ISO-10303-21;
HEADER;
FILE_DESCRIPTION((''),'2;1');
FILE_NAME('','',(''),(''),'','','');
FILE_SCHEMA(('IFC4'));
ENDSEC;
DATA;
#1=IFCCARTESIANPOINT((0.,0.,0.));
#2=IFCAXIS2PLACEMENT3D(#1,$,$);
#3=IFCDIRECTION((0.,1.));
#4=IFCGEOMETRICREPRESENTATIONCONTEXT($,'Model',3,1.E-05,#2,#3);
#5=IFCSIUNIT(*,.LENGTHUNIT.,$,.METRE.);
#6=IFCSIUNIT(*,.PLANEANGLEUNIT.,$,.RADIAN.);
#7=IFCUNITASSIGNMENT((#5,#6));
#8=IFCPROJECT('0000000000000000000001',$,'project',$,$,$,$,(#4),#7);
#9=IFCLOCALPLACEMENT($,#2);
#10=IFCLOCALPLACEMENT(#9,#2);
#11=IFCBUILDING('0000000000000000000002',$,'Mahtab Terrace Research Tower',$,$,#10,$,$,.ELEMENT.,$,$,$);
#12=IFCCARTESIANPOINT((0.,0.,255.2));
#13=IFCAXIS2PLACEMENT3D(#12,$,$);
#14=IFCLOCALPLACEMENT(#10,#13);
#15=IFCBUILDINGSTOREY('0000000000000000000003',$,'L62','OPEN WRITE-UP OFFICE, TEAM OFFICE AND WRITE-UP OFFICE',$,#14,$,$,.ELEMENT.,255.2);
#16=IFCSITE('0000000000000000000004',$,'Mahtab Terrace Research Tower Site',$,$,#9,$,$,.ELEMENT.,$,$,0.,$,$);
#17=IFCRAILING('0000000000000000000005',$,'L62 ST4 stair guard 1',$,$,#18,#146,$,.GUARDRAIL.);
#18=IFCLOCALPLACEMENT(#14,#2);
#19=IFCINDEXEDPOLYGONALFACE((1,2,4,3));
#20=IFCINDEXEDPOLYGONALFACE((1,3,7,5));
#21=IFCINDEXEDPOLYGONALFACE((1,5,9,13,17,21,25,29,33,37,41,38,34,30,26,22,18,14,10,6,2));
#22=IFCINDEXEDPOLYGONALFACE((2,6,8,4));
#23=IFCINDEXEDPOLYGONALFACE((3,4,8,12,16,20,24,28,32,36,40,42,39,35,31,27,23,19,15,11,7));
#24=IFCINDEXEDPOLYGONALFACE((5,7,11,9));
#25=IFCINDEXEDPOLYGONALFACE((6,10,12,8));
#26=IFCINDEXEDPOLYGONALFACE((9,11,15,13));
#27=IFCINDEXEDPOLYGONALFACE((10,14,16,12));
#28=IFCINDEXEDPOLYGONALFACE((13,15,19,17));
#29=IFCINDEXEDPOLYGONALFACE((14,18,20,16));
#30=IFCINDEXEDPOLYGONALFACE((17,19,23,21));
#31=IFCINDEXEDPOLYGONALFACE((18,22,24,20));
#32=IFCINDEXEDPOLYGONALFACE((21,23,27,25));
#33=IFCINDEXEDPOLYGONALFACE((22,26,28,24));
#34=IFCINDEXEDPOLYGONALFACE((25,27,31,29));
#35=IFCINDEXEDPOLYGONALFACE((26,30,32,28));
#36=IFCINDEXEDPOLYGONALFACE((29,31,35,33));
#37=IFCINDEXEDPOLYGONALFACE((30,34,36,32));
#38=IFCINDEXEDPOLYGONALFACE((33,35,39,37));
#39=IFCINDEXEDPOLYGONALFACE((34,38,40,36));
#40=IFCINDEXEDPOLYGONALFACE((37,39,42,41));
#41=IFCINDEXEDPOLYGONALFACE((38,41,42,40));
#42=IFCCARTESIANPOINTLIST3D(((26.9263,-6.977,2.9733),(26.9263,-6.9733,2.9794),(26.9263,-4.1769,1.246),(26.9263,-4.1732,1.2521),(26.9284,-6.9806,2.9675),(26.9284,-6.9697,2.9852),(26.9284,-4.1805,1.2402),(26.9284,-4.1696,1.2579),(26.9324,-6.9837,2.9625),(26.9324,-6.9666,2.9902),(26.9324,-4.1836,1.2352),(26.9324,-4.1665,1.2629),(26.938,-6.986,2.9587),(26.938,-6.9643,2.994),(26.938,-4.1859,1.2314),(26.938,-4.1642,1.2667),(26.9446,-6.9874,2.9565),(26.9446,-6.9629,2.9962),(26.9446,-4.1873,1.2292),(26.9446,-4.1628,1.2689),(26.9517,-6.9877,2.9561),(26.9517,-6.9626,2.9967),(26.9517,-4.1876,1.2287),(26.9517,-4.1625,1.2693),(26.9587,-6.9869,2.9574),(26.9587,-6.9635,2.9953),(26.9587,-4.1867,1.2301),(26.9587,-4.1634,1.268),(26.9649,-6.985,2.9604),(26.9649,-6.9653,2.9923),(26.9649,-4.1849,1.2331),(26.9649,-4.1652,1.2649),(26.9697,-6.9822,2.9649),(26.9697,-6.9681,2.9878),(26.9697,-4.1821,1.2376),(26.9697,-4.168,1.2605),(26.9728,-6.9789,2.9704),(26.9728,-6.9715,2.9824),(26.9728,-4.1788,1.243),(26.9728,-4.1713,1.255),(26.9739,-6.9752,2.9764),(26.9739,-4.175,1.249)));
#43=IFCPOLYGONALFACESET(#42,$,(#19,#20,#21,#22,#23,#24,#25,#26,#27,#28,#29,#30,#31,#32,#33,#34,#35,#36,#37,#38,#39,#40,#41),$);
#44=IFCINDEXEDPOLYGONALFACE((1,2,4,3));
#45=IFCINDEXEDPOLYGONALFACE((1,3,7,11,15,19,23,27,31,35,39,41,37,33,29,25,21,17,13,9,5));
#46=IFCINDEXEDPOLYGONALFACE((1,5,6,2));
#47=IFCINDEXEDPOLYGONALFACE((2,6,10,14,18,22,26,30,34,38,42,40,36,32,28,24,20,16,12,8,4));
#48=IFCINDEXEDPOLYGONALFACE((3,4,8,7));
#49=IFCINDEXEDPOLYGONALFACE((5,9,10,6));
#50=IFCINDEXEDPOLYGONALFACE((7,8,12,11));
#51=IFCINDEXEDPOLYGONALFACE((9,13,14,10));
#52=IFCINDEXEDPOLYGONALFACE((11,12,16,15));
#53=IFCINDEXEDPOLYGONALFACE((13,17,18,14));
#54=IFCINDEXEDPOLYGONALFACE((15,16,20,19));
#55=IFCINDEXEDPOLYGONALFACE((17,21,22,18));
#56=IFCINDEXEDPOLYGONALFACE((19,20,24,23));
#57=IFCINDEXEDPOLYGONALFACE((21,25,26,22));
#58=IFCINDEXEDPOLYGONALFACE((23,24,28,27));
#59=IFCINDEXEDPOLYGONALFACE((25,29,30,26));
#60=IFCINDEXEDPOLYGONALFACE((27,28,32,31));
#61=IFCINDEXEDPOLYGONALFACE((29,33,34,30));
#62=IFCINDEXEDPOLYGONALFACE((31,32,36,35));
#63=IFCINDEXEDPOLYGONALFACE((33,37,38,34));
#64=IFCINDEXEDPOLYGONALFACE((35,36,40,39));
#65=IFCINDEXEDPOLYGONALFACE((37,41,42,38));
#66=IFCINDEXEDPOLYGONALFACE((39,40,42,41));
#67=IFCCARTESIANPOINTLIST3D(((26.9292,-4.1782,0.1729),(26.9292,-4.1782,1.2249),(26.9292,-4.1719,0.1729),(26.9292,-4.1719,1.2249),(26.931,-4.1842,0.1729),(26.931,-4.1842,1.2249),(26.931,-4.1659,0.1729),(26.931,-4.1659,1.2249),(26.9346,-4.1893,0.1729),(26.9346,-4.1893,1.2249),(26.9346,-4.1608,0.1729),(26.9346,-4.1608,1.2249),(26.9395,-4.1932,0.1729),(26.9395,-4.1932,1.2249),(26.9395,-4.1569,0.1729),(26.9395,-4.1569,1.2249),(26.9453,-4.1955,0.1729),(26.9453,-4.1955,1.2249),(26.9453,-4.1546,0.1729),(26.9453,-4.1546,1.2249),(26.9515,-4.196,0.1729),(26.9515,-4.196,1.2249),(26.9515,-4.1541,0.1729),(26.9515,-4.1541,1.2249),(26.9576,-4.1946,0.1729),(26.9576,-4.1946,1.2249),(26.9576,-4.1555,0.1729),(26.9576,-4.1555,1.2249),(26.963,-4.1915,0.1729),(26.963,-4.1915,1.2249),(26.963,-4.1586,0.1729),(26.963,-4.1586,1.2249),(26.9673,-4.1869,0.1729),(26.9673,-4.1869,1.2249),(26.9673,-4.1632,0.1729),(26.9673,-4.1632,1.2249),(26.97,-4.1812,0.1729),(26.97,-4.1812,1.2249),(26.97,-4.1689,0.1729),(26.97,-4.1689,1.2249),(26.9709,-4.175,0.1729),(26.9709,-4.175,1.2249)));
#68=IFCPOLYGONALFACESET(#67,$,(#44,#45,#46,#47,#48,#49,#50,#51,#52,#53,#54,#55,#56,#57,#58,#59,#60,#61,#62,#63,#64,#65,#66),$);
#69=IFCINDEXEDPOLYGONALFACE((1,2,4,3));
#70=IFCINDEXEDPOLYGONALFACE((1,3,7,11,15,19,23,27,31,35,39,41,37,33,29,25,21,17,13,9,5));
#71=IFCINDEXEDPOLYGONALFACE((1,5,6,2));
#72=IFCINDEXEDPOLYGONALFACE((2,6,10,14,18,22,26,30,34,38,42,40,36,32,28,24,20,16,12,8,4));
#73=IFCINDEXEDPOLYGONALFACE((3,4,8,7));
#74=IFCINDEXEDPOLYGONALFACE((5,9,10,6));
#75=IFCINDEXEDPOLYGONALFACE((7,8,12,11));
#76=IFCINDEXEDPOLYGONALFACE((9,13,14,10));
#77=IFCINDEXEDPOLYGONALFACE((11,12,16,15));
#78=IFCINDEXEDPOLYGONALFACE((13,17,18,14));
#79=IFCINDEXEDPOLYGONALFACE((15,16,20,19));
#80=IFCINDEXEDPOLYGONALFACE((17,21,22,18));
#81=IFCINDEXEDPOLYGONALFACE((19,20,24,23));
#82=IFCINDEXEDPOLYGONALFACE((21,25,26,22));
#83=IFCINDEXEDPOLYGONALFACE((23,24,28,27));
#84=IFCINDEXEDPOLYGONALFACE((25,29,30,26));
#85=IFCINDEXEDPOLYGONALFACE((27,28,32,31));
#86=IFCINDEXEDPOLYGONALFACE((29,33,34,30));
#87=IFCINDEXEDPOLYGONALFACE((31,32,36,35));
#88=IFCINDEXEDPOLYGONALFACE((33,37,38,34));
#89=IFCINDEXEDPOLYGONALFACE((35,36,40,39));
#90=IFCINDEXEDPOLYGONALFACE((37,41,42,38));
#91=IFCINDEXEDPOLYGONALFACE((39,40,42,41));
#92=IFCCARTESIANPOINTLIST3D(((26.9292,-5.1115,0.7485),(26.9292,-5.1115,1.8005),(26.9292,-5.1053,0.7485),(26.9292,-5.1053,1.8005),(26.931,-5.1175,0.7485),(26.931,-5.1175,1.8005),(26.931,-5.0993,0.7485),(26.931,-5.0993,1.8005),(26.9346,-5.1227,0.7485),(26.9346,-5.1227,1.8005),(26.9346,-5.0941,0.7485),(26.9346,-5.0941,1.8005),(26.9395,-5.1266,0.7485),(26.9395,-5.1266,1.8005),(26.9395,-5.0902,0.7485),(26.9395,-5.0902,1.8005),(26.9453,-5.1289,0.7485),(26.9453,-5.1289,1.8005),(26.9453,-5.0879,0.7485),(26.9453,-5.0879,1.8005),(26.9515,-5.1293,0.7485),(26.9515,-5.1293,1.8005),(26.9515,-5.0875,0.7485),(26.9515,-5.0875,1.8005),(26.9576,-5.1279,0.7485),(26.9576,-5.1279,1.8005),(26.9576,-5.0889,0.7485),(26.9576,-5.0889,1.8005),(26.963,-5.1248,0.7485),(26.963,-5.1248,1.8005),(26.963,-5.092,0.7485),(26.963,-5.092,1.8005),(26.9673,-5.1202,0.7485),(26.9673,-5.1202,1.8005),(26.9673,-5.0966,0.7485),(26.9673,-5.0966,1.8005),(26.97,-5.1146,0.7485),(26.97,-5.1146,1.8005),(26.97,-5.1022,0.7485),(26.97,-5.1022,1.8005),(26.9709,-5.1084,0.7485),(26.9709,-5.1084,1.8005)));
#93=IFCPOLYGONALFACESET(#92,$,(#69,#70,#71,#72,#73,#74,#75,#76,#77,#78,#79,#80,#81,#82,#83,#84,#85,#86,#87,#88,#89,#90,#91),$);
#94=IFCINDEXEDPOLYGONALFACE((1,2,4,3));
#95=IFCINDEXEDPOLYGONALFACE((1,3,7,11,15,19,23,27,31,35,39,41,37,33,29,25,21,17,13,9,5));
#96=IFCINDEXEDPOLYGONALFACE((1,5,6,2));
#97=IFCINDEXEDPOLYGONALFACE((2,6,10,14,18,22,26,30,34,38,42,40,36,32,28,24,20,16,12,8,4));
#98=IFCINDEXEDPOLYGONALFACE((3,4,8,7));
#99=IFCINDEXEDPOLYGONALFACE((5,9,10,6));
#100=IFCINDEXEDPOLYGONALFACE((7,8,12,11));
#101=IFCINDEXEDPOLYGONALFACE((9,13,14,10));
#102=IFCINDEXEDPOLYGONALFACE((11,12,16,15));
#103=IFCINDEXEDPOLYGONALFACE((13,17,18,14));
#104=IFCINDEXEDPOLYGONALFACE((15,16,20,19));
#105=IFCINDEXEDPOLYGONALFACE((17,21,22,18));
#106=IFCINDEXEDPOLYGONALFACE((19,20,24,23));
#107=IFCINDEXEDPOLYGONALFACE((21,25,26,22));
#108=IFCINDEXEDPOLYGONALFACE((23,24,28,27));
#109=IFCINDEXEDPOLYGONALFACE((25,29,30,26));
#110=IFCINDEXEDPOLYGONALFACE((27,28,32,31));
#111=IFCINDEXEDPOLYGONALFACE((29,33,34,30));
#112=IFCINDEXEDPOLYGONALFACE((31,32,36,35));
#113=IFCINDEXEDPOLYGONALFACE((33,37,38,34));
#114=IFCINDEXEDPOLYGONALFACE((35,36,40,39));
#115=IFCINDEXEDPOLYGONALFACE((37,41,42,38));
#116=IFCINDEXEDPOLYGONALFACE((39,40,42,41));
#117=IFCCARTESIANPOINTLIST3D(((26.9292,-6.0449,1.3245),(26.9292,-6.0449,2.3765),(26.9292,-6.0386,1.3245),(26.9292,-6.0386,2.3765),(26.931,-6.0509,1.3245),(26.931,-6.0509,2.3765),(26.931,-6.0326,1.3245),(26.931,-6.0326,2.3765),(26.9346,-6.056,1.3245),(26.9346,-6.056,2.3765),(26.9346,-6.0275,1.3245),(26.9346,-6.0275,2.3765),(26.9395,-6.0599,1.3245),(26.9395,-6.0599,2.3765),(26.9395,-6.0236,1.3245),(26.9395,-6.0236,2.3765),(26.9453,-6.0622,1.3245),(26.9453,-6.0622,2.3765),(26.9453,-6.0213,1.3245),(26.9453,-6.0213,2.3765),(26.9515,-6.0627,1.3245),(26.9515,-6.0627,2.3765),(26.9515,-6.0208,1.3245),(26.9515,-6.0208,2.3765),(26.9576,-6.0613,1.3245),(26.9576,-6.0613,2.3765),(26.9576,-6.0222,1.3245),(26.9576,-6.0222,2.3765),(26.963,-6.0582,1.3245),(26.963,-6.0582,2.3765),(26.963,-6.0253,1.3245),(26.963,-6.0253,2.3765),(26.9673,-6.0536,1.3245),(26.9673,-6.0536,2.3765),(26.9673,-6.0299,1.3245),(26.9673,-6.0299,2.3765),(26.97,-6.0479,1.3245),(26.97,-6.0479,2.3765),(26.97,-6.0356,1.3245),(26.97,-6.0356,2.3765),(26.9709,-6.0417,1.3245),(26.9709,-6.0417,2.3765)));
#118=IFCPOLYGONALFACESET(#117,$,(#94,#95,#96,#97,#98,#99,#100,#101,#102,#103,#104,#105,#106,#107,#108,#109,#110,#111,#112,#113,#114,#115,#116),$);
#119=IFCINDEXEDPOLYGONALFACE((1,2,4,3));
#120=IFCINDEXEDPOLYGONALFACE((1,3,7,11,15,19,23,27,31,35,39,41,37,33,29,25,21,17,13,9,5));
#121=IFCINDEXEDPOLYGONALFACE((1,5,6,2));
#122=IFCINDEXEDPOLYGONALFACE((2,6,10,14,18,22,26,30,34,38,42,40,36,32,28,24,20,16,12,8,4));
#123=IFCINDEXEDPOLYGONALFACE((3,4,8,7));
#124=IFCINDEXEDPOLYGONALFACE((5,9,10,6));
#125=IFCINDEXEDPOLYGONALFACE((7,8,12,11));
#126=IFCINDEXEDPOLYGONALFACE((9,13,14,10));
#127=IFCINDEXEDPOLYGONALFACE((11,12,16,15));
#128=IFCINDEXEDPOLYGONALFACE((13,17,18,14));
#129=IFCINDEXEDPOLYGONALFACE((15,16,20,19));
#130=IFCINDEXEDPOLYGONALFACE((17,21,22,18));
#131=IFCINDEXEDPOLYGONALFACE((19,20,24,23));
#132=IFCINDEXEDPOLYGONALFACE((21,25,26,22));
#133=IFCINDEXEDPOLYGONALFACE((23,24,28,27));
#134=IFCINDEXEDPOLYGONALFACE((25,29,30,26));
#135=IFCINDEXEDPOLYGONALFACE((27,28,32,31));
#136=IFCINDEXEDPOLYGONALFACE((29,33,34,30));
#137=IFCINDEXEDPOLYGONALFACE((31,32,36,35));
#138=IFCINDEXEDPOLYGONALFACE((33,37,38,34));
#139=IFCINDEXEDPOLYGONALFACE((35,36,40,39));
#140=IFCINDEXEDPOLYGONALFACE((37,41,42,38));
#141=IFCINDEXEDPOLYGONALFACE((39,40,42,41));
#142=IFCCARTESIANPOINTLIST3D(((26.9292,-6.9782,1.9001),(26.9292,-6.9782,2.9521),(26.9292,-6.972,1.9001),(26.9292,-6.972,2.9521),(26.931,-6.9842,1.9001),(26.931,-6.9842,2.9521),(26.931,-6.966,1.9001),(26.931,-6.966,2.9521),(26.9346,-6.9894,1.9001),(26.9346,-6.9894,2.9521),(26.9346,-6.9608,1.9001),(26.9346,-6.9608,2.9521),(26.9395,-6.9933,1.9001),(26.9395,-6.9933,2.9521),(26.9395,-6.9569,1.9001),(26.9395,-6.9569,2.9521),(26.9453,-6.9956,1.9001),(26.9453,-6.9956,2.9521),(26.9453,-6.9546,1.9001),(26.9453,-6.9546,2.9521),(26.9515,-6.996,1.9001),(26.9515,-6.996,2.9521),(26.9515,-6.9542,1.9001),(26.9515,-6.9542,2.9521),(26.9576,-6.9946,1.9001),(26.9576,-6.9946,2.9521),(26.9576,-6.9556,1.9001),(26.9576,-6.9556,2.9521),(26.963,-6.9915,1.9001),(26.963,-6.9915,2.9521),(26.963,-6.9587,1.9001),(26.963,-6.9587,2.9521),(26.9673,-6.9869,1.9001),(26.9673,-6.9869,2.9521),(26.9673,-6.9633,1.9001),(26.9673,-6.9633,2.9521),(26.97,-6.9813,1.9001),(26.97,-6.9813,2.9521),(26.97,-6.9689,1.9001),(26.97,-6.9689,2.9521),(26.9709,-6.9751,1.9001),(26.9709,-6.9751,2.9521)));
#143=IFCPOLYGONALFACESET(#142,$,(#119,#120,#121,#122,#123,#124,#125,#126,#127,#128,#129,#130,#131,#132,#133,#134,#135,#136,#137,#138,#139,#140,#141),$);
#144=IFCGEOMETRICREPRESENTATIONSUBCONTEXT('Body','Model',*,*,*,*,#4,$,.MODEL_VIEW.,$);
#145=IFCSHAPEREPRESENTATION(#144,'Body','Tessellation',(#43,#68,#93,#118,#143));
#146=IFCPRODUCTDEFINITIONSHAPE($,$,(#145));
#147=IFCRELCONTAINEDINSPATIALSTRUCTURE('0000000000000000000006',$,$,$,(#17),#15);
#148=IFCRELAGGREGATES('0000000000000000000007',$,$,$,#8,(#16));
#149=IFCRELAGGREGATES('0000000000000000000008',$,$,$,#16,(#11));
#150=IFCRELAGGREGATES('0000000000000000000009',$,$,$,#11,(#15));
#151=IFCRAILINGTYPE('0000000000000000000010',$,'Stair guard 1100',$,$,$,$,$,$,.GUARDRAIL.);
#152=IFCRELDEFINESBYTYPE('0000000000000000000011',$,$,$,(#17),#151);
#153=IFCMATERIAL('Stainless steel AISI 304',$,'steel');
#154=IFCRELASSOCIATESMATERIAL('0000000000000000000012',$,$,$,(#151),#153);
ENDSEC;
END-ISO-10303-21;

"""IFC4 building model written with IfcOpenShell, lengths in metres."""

from ifc_helpers import new_model, si_unit, direction, frame, origin, origin_2d, place, context, subcontext, project, spatial, circle, extrude, material, type_object, element, save


model = new_model("IFC4")

# Units and contexts
model_context = context("Model", 3, precision=1e-05, world=origin(), true_north=direction((0.0, 1.0)))
body_context = subcontext(model_context, "Body", "Model", "MODEL_VIEW")
ifc_project = project(units=[si_unit("LENGTHUNIT", "METRE"), si_unit("PLANEANGLEUNIT", "RADIAN")], contexts=[model_context])

# Site, building, storey
site_placement = place(None, origin())
site = spatial("IfcSite", under=ifc_project, at=site_placement, Name="Mahtab Terrace Research Tower Site", CompositionType="ELEMENT", RefElevation=0.0)
building_placement = place(site_placement, origin())
building = spatial("IfcBuilding", under=site, at=building_placement, Name="Mahtab Terrace Research Tower", CompositionType="ELEMENT")
storey_placement = place(building_placement, frame((0.0, 0.0, 255.2)))
storey = spatial("IfcBuildingStorey", under=building, at=storey_placement, Name="L62", Description="OPEN WRITE-UP OFFICE, TEAM OFFICE AND WRITE-UP OFFICE", CompositionType="ELEMENT", Elevation=255.2)

# Railing
ifc_material_1 = material(Name="Stainless steel AISI 304", Category="steel")
railing_type_1 = type_object("IfcRailingType", Name="Stair guard 1100", PredefinedType="GUARDRAIL", material=ifc_material_1)
railing_1_placement = place(storey_placement, frame((26.95, -4.175, 0.1729)))
element("IfcRailing", 1, at=railing_1_placement, inside=storey, type_object=railing_type_1, Name="L62 ST4 stair guard 1", PredefinedType="GUARDRAIL", context=body_context, shape_type="SweptSolid", body=[
    extrude(circle(Radius=0.0239, at=origin_2d()), frame((0.0, 0.0, 1.0762), z_axis=(0.0, -0.85109, 0.52502), x_axis=(1.0, 0.0, 0.0)), (0.0, 0.0, 1.0), 3.29),
    extrude(circle(Radius=0.021, at=origin_2d()), origin(), (0.0, 0.0, 1.0), 1.052),
    extrude(circle(Radius=0.021, at=origin_2d()), frame((0.0, -0.9333, 0.5757)), (0.0, 0.0, 1.0), 1.052),
    extrude(circle(Radius=0.021, at=origin_2d()), frame((0.0, -1.8667, 1.1516)), (0.0, 0.0, 1.0), 1.052),
    extrude(circle(Radius=0.021, at=origin_2d()), frame((0.0, -2.8, 1.7273)), (0.0, 0.0, 1.0), 1.052),
])

save(model, "model.ifc")
